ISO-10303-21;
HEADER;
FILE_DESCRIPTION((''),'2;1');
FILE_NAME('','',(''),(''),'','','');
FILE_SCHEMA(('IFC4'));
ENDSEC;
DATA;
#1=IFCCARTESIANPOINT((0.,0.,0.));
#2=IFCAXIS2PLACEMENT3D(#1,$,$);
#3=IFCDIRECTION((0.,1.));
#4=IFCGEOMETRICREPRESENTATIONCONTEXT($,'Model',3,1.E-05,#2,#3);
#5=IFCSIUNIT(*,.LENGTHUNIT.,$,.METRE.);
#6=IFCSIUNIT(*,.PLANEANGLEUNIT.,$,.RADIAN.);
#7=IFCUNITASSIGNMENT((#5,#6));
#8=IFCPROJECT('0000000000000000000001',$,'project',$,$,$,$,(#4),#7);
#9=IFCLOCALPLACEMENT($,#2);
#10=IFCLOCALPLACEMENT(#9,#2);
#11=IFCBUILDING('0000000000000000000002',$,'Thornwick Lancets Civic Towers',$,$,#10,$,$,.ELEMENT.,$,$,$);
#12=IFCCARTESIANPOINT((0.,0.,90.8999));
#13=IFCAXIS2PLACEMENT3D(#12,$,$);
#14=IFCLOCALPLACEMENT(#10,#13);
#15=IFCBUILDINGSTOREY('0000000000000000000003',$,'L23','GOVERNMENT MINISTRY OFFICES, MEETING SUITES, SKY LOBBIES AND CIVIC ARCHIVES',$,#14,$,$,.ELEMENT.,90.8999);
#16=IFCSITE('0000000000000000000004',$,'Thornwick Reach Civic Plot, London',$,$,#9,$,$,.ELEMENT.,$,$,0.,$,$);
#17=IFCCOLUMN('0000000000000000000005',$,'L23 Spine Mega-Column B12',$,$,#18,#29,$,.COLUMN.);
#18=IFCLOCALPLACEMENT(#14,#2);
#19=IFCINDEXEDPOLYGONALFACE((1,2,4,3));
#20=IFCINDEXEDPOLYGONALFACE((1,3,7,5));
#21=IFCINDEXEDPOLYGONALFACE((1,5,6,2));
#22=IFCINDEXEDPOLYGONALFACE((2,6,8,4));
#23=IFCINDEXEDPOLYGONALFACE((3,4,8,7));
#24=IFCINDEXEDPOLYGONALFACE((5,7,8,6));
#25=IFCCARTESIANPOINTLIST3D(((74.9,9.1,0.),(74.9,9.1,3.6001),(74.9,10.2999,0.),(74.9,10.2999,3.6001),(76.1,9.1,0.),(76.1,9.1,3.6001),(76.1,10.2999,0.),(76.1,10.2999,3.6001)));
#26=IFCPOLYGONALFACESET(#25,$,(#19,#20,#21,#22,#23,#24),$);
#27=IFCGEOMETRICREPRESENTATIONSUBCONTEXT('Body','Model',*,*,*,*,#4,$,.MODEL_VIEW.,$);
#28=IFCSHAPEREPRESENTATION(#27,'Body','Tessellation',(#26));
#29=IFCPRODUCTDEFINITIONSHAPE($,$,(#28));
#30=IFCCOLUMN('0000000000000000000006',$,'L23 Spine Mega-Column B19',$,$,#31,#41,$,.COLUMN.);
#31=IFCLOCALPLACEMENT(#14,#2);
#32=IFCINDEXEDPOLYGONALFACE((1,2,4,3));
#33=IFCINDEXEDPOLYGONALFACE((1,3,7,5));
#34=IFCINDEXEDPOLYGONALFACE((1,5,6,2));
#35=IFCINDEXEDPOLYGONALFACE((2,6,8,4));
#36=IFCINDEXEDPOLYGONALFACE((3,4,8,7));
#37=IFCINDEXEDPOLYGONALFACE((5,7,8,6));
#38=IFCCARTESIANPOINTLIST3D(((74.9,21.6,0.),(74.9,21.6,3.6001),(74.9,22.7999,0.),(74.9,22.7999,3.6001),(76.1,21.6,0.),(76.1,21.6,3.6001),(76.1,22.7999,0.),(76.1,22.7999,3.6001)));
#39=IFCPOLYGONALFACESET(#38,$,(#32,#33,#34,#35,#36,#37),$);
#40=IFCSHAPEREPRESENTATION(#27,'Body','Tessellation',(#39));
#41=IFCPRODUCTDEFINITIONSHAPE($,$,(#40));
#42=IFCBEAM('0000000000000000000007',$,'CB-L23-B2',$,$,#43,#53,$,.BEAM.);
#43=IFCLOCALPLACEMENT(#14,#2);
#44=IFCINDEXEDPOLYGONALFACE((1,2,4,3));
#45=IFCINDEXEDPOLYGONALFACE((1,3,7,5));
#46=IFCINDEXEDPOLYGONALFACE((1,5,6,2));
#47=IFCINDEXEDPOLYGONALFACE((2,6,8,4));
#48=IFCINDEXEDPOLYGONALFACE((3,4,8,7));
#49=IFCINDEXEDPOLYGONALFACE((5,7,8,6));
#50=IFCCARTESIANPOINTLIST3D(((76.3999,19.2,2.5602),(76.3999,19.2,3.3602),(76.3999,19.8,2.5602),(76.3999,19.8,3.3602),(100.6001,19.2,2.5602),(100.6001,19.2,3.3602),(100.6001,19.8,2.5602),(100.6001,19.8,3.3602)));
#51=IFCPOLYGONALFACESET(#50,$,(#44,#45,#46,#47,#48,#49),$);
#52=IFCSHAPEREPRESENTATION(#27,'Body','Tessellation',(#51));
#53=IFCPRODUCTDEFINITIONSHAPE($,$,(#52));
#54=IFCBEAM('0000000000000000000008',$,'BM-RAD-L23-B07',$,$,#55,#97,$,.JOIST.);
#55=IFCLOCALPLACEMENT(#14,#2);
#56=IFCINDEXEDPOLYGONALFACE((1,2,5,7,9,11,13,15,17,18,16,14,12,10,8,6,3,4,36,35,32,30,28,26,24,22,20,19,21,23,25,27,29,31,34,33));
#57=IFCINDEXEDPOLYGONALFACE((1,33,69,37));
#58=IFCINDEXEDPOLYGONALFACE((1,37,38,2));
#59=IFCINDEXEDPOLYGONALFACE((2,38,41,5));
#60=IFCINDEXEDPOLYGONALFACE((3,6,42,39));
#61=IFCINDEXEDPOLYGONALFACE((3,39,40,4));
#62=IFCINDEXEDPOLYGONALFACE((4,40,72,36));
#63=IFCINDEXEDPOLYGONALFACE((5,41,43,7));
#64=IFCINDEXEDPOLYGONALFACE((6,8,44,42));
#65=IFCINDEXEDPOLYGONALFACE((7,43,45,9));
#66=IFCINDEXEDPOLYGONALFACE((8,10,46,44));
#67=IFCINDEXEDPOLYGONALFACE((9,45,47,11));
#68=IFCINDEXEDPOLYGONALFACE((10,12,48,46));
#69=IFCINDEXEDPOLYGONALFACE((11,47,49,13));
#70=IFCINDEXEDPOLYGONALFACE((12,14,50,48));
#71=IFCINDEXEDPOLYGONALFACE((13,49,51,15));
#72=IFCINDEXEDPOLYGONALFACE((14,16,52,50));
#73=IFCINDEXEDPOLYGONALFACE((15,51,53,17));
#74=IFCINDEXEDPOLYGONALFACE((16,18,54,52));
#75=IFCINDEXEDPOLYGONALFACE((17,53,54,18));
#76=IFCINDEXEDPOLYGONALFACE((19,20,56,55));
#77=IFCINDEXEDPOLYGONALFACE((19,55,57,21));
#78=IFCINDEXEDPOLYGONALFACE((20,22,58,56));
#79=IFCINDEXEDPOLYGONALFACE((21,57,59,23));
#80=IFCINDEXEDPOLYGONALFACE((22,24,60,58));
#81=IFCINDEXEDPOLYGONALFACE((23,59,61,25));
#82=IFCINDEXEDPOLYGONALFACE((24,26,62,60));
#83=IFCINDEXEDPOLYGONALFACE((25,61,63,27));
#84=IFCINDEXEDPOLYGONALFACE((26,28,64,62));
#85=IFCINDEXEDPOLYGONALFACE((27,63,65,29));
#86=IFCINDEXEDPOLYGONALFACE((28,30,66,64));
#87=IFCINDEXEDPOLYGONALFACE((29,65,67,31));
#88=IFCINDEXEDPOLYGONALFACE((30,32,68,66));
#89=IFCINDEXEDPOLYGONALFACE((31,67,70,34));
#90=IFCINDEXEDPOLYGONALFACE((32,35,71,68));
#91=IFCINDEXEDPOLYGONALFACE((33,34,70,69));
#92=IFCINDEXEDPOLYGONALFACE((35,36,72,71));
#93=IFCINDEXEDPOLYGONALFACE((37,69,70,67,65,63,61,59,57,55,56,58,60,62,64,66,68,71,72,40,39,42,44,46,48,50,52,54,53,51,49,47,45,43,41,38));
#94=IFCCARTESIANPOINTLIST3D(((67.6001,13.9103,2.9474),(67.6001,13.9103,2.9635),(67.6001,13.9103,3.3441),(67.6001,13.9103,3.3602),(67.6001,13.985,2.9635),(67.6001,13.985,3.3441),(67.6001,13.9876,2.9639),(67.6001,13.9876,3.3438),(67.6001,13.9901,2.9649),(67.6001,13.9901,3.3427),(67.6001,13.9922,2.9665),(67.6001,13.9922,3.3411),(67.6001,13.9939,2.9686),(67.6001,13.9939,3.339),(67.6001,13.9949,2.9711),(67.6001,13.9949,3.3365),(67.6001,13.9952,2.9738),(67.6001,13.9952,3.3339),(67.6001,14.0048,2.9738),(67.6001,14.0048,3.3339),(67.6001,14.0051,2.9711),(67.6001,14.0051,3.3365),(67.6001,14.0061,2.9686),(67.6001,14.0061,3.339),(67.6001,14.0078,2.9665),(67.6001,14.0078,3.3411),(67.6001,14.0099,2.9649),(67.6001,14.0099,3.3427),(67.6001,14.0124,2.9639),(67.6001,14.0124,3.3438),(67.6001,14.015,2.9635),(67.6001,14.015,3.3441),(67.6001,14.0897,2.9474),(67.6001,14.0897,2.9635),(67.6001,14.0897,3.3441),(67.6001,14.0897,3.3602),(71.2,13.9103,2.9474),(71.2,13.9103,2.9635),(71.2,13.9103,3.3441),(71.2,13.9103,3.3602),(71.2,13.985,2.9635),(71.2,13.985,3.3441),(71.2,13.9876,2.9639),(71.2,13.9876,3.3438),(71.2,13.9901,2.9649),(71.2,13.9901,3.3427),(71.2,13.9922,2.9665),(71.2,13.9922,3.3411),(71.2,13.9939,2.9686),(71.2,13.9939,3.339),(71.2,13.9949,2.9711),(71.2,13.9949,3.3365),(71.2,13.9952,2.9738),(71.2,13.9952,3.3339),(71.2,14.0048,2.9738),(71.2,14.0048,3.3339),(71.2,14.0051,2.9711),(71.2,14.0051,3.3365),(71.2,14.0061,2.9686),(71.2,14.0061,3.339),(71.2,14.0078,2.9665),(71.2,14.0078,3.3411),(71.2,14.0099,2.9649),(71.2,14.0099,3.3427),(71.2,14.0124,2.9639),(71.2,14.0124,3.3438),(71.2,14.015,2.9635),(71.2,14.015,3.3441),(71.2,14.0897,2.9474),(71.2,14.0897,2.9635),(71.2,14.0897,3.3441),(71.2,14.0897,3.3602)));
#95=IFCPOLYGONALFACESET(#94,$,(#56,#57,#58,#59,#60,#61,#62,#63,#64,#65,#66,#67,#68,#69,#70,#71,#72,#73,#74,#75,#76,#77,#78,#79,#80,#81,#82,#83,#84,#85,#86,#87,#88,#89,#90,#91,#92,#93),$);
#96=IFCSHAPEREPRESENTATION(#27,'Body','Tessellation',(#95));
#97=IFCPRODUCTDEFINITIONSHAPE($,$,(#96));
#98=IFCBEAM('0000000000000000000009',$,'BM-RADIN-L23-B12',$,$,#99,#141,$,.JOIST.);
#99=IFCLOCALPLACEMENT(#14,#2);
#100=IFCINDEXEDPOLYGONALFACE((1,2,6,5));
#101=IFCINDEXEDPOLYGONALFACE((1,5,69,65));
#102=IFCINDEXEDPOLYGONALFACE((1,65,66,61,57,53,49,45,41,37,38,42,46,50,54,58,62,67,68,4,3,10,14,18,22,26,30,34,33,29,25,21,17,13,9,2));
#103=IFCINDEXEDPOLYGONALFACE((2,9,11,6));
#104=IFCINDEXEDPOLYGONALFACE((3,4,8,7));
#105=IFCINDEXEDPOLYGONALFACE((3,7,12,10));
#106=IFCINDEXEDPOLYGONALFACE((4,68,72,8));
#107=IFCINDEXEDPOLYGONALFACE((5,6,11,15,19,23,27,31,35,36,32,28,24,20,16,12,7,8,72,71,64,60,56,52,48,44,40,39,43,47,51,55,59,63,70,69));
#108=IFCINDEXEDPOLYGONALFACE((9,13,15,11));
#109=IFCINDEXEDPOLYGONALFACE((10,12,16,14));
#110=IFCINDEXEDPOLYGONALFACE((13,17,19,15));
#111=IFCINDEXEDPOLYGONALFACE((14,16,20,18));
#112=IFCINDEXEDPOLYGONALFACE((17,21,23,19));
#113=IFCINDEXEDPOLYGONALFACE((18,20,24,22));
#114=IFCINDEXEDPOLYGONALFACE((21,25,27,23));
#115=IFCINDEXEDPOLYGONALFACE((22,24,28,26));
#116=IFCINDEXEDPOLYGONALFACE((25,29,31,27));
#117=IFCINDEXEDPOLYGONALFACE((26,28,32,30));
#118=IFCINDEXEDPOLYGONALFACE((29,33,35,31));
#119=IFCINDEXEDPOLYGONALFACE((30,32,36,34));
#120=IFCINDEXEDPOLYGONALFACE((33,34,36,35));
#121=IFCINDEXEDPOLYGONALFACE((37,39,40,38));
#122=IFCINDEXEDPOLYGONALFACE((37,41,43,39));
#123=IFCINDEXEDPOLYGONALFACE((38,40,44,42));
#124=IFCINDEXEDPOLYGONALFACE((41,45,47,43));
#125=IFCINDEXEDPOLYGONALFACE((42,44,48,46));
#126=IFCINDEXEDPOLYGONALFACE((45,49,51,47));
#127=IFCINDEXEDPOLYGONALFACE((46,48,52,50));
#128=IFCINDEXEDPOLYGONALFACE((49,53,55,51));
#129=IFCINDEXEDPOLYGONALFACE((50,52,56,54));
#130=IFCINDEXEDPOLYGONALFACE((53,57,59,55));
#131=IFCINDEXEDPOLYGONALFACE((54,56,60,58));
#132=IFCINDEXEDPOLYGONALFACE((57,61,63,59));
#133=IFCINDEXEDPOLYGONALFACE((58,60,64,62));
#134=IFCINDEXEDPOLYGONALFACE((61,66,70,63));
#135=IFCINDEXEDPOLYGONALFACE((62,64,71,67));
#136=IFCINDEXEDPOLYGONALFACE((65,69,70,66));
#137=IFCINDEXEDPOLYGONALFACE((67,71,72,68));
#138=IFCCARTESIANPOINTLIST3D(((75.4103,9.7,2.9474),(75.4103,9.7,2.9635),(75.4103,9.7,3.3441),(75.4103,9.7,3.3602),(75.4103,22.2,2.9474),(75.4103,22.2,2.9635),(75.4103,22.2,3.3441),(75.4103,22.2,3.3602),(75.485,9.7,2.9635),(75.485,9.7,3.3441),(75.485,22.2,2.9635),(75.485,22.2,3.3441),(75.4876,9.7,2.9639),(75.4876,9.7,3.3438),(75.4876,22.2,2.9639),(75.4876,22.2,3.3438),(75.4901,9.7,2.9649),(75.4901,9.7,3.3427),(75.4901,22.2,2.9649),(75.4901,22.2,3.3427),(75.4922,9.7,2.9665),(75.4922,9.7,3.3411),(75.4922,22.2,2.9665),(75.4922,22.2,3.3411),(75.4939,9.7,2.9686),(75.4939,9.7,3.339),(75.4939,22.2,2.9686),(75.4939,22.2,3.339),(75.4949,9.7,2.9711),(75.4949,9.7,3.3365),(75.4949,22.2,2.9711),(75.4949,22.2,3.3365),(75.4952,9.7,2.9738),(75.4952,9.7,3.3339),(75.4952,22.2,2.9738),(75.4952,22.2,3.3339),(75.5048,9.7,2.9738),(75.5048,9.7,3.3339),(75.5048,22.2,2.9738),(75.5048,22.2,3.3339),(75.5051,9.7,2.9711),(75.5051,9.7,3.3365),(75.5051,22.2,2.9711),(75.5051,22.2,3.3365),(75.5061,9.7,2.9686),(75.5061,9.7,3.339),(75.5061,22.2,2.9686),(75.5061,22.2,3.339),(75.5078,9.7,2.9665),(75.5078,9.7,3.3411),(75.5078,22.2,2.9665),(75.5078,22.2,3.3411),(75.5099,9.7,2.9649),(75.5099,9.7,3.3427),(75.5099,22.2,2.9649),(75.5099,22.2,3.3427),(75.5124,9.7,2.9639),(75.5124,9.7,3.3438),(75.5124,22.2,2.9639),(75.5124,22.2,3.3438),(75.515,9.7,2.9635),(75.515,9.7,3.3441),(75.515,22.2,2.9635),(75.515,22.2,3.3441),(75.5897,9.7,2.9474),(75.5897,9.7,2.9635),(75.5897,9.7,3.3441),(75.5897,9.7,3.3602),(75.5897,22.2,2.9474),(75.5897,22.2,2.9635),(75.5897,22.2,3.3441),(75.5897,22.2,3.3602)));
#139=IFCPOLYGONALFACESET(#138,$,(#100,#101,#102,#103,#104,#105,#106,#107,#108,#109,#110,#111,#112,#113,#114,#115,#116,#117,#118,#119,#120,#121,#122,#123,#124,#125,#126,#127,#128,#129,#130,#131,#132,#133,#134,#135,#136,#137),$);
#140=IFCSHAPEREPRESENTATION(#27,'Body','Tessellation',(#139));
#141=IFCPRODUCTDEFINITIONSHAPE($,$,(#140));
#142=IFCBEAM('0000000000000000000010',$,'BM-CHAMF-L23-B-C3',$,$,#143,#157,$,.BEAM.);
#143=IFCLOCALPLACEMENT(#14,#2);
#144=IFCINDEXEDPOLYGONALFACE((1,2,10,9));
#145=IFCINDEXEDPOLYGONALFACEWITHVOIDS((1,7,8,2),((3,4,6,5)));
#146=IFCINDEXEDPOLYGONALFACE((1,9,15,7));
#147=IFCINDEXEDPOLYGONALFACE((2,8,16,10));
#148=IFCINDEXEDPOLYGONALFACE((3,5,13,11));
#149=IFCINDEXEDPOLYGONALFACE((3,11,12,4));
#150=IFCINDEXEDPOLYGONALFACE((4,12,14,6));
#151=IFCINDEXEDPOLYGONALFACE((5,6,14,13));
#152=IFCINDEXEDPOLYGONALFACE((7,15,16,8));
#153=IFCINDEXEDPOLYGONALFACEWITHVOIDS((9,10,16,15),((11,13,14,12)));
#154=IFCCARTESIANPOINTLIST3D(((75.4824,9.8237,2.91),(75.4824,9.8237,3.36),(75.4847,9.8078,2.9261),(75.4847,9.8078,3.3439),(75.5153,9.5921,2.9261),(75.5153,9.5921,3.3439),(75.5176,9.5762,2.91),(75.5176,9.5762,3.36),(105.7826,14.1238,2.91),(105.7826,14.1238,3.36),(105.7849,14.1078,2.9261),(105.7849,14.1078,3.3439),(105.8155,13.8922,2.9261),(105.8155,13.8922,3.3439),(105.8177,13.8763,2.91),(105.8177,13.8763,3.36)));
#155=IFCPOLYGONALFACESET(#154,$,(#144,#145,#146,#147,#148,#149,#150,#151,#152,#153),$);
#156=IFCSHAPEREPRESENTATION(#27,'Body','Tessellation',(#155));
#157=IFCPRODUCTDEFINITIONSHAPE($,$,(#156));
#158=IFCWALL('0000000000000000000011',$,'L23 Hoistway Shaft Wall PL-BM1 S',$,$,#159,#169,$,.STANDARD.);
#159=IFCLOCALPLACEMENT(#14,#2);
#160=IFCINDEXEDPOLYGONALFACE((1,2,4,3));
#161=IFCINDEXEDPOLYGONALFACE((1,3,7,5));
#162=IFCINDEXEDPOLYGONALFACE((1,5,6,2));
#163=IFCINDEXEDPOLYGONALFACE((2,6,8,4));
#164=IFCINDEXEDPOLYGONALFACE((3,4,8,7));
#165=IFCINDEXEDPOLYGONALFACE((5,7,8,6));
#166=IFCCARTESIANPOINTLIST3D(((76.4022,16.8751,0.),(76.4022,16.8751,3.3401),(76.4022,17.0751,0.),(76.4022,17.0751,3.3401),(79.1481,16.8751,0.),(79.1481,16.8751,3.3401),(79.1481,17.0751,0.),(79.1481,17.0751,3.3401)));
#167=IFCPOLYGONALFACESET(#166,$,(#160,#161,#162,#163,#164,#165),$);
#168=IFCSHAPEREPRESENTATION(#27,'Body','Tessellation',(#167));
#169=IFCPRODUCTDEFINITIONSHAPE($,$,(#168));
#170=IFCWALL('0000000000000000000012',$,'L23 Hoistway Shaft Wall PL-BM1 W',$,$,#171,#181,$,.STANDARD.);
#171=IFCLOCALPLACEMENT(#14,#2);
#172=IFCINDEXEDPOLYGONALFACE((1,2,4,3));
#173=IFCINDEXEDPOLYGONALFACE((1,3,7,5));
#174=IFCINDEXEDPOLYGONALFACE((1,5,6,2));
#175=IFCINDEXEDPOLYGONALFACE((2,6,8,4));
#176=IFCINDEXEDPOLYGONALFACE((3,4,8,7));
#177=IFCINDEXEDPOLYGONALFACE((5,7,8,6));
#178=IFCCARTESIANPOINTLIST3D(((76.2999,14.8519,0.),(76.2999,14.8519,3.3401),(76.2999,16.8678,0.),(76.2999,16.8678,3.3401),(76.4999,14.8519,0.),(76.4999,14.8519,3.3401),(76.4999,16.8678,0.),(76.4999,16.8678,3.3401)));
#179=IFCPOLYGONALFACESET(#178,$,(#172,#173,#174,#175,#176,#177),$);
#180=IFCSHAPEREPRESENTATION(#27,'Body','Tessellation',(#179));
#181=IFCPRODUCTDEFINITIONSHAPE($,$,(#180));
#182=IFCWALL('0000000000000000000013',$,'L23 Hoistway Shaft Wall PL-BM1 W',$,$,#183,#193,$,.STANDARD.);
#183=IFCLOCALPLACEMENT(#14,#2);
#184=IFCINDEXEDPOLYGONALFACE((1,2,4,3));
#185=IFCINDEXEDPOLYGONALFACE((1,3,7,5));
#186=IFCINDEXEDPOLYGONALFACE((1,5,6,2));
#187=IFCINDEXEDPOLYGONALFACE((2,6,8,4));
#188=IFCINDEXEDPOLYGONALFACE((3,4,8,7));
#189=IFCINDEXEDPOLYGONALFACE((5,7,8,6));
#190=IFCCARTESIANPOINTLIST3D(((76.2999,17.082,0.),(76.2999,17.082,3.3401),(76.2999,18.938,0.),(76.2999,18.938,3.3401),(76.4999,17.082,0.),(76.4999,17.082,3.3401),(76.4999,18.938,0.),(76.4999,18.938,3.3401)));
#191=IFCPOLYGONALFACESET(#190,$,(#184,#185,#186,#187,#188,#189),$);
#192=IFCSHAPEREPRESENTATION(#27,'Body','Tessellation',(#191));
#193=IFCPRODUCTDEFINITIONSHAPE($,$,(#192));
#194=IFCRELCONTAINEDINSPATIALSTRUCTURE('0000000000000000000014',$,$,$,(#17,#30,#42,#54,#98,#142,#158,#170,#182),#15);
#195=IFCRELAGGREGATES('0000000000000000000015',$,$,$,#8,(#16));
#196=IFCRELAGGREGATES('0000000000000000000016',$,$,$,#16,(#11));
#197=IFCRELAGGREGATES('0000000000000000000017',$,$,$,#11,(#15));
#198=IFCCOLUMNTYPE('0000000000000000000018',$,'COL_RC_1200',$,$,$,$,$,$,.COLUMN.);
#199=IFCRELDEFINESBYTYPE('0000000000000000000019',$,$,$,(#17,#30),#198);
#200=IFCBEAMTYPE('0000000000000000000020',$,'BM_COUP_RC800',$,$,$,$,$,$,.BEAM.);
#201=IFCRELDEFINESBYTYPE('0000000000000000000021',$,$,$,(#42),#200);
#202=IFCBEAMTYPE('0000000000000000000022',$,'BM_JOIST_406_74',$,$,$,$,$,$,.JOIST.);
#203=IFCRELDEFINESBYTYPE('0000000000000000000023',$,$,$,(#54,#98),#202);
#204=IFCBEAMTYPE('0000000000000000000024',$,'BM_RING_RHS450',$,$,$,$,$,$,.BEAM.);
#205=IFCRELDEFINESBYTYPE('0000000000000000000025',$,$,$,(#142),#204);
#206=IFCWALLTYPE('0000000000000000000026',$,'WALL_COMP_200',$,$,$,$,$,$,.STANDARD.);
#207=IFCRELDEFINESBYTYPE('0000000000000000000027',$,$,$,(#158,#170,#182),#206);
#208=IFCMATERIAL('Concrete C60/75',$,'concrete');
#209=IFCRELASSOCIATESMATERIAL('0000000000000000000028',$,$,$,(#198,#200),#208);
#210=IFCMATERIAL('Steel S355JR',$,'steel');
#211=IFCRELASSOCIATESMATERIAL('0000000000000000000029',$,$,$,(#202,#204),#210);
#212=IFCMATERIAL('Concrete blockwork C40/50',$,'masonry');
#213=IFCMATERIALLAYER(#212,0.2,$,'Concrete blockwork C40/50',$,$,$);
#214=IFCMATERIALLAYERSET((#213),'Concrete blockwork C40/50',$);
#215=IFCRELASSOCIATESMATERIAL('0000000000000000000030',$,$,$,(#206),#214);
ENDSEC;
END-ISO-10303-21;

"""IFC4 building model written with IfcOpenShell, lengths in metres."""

from ifc_helpers import new_model, si_unit, direction, frame, frame_2d, origin, origin_2d, place, context, subcontext, project, spatial, rectangle, hollow_rectangle, i_section, extrude, material, layer, layer_set, material_profile, profile_set, type_object, element, save


model = new_model("IFC4")

# Units and contexts
model_context = context("Model", 3, precision=1e-05, world=origin(), true_north=direction((0.0, 1.0)))
body_context = subcontext(model_context, "Body", "Model", "MODEL_VIEW")
ifc_project = project(units=[si_unit("LENGTHUNIT", "METRE"), si_unit("PLANEANGLEUNIT", "RADIAN")], contexts=[model_context])

# Site, building, storey
site_placement = place(None, origin())
site = spatial("IfcSite", under=ifc_project, at=site_placement, Name="Thornwick Reach Civic Plot, London", CompositionType="ELEMENT", RefElevation=0.0)
building_placement = place(site_placement, origin())
building = spatial("IfcBuilding", under=site, at=building_placement, Name="Thornwick Lancets Civic Towers", CompositionType="ELEMENT")
storey_placement = place(building_placement, frame((0.0, 0.0, 90.8999)))
storey = spatial("IfcBuildingStorey", under=building, at=storey_placement, Name="L23", Description="GOVERNMENT MINISTRY OFFICES, MEETING SUITES, SKY LOBBIES AND CIVIC ARCHIVES", CompositionType="ELEMENT", Elevation=90.8999)

# Columns
ifc_material_1 = material(Name="Concrete C60/75", Category="concrete")
ifc_material_profile_1 = material_profile(ifc_material_1, rectangle(XDim=1.2, YDim=1.2, at=origin_2d()), Name="RC 1200x1200")
ifc_profile_set_1 = profile_set([ifc_material_profile_1], Name="Concrete C60/75")
column_type = type_object("IfcColumnType", Name="COL_RC_1200", PredefinedType="COLUMN", material=ifc_profile_set_1)
for number, where, z_axis, x_axis, name in (
    (1, (75.5, 9.7, 0.0), (0.0, 0.0, 1.0), (1.0, 0.0, 0.0), "L23 Spine Mega-Column B12"),
    (2, (75.5, 22.2, 0.0), (0.0, 0.0, 1.0), (1.0, 0.0, 0.0), "L23 Spine Mega-Column B19"),
):
    element("IfcColumn", number, at=place(storey_placement, frame(where, z_axis=z_axis, x_axis=x_axis)), inside=storey, type_object=column_type, Name=name, PredefinedType="COLUMN", context=body_context, shape_type="SweptSolid", body=[
        extrude(rectangle(XDim=1.2, YDim=1.2, at=origin_2d()), origin(), (0.0, 0.0, 1.0), 3.6001),
    ])

# Beams
ifc_material_profile_2 = material_profile(ifc_material_1, rectangle(XDim=0.6001, YDim=0.8, at=origin_2d()), Name="RC 600x800")
ifc_profile_set_2 = profile_set([ifc_material_profile_2], Name="Concrete C60/75")
beam_type_1 = type_object("IfcBeamType", Name="BM_COUP_RC800", PredefinedType="BEAM", material=ifc_profile_set_2)
beam_1_placement = place(storey_placement, frame((76.3999, 19.5, 2.9602), z_axis=(1.0, 0.0, 0.0), x_axis=(0.0, 1.0, 0.0)))
element("IfcBeam", 3, at=beam_1_placement, inside=storey, type_object=beam_type_1, Name="CB-L23-B2", PredefinedType="BEAM", context=body_context, shape_type="SweptSolid", body=[
    extrude(rectangle(XDim=0.6001, YDim=0.8, at=origin_2d()), origin(), (0.0, 0.0, 1.0), 24.2002),
])
ifc_material_2 = material(Name="Steel S355JR", Category="steel")
ifc_material_profile_3 = material_profile(ifc_material_2, i_section(OverallWidth=0.1794, OverallDepth=0.4128, WebThickness=0.0095, FlangeThickness=0.0161, FilletRadius=0.0103, at=origin_2d()), Name="UKB 406x178x74")
ifc_profile_set_3 = profile_set([ifc_material_profile_3], Name="Steel S355JR")
beam_type_2 = type_object("IfcBeamType", Name="BM_JOIST_406_74", PredefinedType="JOIST", material=ifc_profile_set_3)
beam_2_placement = place(storey_placement, frame((71.2, 14.0, 3.1538), z_axis=(-1.0, 0.0, 0.0), x_axis=(0.0, -1.0, 0.0)))
element("IfcBeam", 4, at=beam_2_placement, inside=storey, type_object=beam_type_2, Name="BM-RAD-L23-B07", PredefinedType="JOIST", context=body_context, shape_type="SweptSolid", body=[
    extrude(i_section(OverallWidth=0.1794, OverallDepth=0.4128, WebThickness=0.0095, FlangeThickness=0.0161, FilletRadius=0.0103, at=origin_2d()), origin(), (0.0, 0.0, 1.0), 3.5999),
])
beam_3_placement = place(storey_placement, frame((75.5, 22.2, 3.1538), z_axis=(0.0, -1.0, 0.0), x_axis=(1.0, 0.0, 0.0)))
element("IfcBeam", 5, at=beam_3_placement, inside=storey, type_object=beam_type_2, Name="BM-RADIN-L23-B12", PredefinedType="JOIST", context=body_context, shape_type="SweptSolid", body=[
    extrude(i_section(OverallWidth=0.1794, OverallDepth=0.4128, WebThickness=0.0095, FlangeThickness=0.0161, FilletRadius=0.0103, at=origin_2d()), origin(), (0.0, 0.0, 1.0), 12.5),
])
ifc_material_profile_4 = material_profile(ifc_material_2, hollow_rectangle(XDim=0.25, YDim=0.45, WallThickness=0.0161, at=origin_2d()), Name="RHS 450x250x16")
ifc_profile_set_4 = profile_set([ifc_material_profile_4], Name="Steel S355JR")
beam_type_3 = type_object("IfcBeamType", Name="BM_RING_RHS450", PredefinedType="BEAM", material=ifc_profile_set_4)
beam_4_placement = place(storey_placement, frame((75.5, 9.7, 3.135), z_axis=(0.99008, 0.140508, 0.0), x_axis=(-0.140508, 0.99008, 0.0)))
element("IfcBeam", 6, at=beam_4_placement, inside=storey, type_object=beam_type_3, Name="BM-CHAMF-L23-B-C3", PredefinedType="BEAM", context=body_context, shape_type="SweptSolid", body=[
    extrude(hollow_rectangle(XDim=0.25, YDim=0.45, WallThickness=0.0161, at=origin_2d()), origin(), (0.0, 0.0, 1.0), 30.6038),
])

# Walls
ifc_material_3 = material(Name="Concrete blockwork C40/50", Category="masonry")
ifc_layer_1 = layer(ifc_material_3, 0.2, Name="Concrete blockwork C40/50")
ifc_layer_set_1 = layer_set([ifc_layer_1], Name="Concrete blockwork C40/50")
wall_type_1 = type_object("IfcWallType", Name="WALL_COMP_200", PredefinedType="STANDARD", material=ifc_layer_set_1)
wall_1_placement = place(storey_placement, frame((76.4021, 16.9751, 0.0), z_axis=(0.0, 0.0, 1.0), x_axis=(1.0, 0.0, 0.0)))
element("IfcWall", 7, at=wall_1_placement, inside=storey, type_object=wall_type_1, Name="L23 Hoistway Shaft Wall PL-BM1 S", PredefinedType="STANDARD", context=body_context, shape_type="SweptSolid", body=[
    extrude(rectangle(XDim=2.7458, YDim=0.2, at=frame_2d((1.373, 0.0))), origin(), (0.0, 0.0, 1.0), 3.3401),
])
wall_2_placement = place(storey_placement, frame((76.3999, 14.8521, 0.0), z_axis=(0.0, 0.0, 1.0), x_axis=(0.0, 1.0, 0.0)))
element("IfcWall", 8, at=wall_2_placement, inside=storey, type_object=wall_type_1, Name="L23 Hoistway Shaft Wall PL-BM1 W", PredefinedType="STANDARD", context=body_context, shape_type="SweptSolid", body=[
    extrude(rectangle(XDim=2.0159, YDim=0.2, at=frame_2d((1.0078, 0.0))), origin(), (0.0, 0.0, 1.0), 3.3401),
])
wall_3_placement = place(storey_placement, frame((76.3999, 17.082, 0.0), z_axis=(0.0, 0.0, 1.0), x_axis=(0.0, 1.0, 0.0)))
element("IfcWall", 9, at=wall_3_placement, inside=storey, type_object=wall_type_1, Name="L23 Hoistway Shaft Wall PL-BM1 W", PredefinedType="STANDARD", context=body_context, shape_type="SweptSolid", body=[
    extrude(rectangle(XDim=1.856, YDim=0.2, at=frame_2d((0.928, 0.0))), origin(), (0.0, 0.0, 1.0), 3.3401),
])

save(model, "model.ifc")
